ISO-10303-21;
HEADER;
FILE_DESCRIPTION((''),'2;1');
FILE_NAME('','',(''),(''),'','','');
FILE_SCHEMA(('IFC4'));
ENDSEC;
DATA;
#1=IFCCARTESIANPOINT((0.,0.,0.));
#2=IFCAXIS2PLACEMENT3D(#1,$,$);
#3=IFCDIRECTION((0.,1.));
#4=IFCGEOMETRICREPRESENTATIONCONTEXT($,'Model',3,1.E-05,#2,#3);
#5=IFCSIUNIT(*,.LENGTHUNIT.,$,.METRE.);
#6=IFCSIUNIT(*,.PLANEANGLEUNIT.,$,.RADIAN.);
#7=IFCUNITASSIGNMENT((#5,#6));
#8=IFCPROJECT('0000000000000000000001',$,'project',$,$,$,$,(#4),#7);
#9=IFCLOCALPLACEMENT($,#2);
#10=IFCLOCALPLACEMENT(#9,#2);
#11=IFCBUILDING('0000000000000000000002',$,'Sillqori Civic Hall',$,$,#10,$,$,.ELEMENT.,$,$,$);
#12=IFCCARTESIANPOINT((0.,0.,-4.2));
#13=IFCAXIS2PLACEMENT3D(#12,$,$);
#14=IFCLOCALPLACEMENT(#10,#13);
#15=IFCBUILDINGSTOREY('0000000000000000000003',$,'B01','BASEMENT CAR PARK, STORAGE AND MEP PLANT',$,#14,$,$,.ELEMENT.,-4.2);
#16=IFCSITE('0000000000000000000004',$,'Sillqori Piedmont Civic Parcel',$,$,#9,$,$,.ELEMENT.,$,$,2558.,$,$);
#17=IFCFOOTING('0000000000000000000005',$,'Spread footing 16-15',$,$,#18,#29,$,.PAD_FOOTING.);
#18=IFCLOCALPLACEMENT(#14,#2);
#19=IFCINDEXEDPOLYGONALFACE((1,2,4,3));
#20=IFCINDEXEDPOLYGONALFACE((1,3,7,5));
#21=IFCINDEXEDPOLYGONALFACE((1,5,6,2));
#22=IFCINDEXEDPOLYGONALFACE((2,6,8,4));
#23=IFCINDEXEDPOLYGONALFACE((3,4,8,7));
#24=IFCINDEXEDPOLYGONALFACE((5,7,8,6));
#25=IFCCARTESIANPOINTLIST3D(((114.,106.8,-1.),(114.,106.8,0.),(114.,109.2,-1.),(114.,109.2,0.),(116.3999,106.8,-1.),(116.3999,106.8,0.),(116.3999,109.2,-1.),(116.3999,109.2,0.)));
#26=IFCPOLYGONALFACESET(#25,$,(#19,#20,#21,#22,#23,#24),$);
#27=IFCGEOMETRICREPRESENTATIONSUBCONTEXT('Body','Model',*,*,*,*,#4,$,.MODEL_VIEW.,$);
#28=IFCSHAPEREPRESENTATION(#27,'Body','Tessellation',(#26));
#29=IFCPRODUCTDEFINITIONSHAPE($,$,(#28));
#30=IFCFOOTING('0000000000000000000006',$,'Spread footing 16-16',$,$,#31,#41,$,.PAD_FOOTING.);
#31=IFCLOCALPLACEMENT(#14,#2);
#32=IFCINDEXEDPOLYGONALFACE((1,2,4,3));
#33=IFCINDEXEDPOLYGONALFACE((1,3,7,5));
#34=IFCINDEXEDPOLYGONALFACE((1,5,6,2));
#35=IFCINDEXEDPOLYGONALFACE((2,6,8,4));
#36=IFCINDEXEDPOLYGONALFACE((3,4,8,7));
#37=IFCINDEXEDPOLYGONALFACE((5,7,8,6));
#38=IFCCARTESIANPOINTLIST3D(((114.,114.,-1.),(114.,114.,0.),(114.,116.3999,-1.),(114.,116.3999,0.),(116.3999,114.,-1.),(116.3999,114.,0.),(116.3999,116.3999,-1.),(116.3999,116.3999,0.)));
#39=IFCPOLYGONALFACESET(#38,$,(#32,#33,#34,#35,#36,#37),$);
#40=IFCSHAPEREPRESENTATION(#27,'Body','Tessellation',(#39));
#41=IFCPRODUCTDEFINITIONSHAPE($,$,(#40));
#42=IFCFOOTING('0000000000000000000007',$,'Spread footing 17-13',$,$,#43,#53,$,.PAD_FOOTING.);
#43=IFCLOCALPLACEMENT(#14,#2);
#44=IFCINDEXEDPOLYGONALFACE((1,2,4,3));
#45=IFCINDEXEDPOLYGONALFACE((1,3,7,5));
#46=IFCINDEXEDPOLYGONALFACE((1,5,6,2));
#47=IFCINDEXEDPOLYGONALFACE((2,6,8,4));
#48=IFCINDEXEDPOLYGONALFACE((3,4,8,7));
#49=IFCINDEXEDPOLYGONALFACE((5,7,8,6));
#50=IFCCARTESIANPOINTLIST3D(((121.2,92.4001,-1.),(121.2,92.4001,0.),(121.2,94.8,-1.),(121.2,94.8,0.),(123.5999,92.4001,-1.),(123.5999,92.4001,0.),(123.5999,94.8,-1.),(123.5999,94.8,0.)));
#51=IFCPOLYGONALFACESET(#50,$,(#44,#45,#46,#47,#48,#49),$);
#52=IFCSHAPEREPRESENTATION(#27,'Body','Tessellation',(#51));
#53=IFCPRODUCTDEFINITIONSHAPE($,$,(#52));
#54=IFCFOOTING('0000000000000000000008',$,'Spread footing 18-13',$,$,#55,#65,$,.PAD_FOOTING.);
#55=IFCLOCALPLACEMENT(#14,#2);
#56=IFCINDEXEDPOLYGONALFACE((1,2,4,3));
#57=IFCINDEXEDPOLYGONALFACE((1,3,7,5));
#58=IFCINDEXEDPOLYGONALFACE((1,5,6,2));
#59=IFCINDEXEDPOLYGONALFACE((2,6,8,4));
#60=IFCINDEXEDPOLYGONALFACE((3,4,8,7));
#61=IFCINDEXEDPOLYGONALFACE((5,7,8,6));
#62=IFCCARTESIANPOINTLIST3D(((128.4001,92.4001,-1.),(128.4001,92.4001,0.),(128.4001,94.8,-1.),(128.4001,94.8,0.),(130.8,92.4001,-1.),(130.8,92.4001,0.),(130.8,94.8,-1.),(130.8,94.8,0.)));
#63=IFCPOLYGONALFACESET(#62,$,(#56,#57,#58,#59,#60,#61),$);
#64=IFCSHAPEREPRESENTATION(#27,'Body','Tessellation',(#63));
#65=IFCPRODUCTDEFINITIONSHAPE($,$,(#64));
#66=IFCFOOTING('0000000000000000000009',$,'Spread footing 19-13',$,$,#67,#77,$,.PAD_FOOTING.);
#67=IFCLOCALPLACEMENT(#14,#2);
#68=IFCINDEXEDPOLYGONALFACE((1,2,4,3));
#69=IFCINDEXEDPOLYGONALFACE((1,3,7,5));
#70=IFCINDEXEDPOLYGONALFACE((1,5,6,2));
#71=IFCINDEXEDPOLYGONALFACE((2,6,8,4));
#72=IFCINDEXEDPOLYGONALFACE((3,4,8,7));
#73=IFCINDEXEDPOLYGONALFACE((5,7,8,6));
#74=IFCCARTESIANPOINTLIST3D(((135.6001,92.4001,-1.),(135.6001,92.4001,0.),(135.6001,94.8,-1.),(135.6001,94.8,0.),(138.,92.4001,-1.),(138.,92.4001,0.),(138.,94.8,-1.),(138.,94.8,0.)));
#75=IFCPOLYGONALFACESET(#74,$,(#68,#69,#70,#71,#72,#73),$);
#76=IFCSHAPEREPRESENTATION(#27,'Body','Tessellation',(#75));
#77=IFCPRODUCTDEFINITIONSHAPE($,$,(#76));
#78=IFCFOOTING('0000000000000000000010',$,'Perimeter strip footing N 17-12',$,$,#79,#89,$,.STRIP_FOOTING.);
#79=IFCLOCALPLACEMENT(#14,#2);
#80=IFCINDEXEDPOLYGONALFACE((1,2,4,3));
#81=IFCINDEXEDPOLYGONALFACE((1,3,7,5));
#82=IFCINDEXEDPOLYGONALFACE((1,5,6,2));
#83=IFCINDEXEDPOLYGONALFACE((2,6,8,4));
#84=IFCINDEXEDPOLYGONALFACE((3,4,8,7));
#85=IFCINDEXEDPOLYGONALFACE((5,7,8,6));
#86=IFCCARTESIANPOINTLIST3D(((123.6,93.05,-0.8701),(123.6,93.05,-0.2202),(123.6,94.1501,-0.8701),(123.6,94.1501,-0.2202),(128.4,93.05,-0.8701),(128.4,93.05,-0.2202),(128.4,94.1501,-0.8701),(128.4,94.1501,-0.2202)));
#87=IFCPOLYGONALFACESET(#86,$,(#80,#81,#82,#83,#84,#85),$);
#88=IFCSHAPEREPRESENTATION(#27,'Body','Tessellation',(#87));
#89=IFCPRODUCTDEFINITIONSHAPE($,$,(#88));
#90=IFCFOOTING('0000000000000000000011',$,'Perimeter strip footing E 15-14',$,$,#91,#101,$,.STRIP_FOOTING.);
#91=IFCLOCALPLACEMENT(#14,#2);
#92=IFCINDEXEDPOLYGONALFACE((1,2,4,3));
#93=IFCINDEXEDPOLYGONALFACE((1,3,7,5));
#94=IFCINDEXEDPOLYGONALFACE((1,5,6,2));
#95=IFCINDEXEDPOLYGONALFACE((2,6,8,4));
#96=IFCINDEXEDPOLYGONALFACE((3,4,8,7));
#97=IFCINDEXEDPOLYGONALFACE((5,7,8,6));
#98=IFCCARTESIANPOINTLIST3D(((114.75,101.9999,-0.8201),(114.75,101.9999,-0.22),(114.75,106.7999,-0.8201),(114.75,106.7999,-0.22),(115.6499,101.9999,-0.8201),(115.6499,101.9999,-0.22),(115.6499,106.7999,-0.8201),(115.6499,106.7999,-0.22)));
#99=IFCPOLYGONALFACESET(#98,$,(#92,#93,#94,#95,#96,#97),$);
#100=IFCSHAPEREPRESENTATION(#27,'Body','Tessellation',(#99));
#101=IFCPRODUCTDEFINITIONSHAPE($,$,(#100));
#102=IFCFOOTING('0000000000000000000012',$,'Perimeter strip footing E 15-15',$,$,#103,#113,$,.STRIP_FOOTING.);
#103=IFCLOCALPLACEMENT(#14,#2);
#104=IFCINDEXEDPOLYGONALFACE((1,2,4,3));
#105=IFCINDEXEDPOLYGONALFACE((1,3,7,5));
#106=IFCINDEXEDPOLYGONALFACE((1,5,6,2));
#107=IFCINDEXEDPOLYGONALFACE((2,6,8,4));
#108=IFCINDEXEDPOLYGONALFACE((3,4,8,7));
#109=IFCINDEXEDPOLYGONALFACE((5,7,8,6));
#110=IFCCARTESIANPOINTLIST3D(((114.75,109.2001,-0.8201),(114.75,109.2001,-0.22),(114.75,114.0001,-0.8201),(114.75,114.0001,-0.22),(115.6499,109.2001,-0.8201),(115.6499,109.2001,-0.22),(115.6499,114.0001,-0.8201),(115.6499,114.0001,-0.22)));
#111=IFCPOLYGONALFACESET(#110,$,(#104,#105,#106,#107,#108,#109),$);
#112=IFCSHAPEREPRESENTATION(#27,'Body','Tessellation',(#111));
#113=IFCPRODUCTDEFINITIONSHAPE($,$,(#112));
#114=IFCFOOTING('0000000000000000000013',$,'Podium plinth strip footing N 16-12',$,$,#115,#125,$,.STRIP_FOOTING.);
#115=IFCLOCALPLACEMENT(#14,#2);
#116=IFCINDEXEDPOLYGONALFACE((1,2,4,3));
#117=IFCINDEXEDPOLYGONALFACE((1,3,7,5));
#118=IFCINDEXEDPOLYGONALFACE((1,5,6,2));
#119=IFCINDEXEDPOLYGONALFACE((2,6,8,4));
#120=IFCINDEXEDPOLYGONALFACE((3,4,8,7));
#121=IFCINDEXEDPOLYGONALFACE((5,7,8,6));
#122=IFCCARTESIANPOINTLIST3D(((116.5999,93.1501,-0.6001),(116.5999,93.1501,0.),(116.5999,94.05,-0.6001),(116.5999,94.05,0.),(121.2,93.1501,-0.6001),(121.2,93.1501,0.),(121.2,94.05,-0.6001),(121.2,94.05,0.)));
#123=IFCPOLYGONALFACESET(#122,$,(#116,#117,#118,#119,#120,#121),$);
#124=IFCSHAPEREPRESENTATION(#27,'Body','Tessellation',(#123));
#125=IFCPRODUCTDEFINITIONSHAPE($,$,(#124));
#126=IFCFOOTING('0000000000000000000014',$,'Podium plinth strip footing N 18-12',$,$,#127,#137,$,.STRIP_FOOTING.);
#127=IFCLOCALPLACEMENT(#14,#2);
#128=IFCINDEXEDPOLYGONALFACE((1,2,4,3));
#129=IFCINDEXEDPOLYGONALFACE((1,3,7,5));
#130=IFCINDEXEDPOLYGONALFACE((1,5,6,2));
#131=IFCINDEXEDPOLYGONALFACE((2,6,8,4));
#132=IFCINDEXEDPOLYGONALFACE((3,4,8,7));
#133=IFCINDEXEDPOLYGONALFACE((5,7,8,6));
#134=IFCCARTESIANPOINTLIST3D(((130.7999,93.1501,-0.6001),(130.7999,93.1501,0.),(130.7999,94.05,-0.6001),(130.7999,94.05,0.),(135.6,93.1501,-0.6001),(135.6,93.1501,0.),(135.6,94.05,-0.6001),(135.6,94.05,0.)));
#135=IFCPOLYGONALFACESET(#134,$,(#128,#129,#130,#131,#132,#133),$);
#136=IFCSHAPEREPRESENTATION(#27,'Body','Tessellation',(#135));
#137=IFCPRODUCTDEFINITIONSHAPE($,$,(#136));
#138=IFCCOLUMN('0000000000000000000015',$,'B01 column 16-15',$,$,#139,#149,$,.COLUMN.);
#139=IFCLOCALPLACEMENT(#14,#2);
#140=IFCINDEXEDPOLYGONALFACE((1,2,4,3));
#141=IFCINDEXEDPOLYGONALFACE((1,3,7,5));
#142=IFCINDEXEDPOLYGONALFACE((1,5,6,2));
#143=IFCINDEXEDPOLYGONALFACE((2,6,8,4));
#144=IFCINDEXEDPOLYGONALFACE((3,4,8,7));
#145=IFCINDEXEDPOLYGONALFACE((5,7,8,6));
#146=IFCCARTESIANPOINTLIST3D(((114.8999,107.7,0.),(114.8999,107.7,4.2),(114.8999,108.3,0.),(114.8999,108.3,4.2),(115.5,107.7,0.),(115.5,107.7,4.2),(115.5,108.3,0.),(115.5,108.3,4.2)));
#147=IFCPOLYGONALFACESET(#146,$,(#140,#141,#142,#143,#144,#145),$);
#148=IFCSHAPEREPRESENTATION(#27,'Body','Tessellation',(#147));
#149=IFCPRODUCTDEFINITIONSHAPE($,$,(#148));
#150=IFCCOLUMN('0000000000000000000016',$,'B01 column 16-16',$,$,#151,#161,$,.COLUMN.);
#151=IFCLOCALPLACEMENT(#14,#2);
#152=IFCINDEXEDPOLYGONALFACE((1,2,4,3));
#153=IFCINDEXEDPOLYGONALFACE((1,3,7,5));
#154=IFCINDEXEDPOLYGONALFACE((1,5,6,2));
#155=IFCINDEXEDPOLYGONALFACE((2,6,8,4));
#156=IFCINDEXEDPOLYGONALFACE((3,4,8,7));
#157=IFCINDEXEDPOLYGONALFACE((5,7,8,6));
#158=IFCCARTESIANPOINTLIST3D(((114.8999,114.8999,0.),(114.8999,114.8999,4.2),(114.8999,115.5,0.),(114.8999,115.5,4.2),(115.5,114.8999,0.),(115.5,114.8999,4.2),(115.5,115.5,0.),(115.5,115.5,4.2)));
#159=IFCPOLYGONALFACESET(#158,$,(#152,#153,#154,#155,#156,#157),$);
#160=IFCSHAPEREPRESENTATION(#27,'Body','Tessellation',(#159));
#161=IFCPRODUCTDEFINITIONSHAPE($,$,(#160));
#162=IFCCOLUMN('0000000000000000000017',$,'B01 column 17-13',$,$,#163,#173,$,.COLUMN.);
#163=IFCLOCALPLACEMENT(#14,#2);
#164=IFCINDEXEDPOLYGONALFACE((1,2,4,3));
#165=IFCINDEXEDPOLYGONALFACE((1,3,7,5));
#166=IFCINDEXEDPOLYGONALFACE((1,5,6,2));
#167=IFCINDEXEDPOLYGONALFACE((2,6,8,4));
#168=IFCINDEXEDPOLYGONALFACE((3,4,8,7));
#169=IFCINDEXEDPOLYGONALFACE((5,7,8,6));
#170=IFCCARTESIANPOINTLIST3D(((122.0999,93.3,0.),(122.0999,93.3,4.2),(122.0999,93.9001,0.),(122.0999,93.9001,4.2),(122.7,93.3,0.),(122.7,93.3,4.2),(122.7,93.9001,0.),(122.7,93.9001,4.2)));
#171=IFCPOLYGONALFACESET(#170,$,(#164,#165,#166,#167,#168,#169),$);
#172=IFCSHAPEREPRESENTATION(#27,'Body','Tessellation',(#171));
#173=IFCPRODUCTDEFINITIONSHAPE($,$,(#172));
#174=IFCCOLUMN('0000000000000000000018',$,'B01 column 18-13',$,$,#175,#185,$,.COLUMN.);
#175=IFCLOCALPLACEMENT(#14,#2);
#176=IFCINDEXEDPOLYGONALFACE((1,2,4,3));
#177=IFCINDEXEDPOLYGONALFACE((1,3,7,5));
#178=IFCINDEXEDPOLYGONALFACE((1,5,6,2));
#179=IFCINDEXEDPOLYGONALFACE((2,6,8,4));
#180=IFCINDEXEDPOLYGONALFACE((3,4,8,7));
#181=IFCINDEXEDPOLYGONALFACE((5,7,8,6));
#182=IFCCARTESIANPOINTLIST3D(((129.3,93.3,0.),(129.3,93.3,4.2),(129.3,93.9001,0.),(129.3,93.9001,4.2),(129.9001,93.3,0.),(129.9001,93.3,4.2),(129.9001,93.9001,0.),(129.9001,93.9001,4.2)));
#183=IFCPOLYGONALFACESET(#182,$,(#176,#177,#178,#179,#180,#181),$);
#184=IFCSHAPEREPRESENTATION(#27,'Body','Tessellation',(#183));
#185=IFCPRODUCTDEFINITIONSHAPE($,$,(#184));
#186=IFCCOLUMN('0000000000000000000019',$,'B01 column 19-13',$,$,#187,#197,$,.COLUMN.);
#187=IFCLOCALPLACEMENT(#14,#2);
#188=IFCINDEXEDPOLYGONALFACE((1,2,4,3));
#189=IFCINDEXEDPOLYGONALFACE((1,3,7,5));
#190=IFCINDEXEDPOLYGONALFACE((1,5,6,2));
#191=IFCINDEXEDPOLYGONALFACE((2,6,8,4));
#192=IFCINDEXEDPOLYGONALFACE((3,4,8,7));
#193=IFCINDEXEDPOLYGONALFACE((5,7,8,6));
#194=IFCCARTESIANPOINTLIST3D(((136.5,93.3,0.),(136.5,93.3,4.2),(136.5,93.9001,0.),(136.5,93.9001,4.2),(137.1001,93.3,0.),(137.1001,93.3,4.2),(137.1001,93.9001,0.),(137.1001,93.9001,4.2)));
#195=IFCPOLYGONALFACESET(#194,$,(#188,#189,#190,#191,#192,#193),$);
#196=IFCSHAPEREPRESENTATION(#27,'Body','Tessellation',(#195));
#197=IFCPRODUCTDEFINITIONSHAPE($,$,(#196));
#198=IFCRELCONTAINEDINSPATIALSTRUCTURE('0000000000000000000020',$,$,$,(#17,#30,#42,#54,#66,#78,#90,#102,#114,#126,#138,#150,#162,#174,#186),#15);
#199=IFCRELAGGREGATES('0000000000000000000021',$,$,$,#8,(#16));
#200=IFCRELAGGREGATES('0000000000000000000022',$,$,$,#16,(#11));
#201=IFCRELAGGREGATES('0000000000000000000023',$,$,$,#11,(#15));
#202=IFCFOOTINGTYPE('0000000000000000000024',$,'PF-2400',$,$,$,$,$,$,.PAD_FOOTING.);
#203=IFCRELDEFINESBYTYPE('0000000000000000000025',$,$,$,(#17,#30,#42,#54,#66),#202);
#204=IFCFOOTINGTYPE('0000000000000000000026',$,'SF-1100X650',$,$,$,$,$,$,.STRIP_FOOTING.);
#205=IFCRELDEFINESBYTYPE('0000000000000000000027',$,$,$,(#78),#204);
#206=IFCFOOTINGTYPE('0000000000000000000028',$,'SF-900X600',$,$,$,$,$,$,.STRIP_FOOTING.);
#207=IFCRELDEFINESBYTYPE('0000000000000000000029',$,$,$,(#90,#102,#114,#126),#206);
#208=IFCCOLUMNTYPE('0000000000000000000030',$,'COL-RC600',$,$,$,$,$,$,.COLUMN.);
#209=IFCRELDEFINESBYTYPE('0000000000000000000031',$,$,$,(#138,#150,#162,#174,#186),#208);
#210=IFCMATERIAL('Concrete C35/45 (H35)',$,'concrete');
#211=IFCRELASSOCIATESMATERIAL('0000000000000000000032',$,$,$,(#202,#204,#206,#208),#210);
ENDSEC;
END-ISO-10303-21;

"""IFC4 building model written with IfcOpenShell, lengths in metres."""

from ifc_helpers import new_model, si_unit, direction, frame, origin, origin_2d, place, context, subcontext, project, spatial, rectangle, extrude, material, material_profile, profile_set, type_object, element, save


model = new_model("IFC4")

# Units and contexts
model_context = context("Model", 3, precision=1e-05, world=origin(), true_north=direction((0.0, 1.0)))
body_context = subcontext(model_context, "Body", "Model", "MODEL_VIEW")
ifc_project = project(units=[si_unit("LENGTHUNIT", "METRE"), si_unit("PLANEANGLEUNIT", "RADIAN")], contexts=[model_context])

# Site, building, storey
site_placement = place(None, origin())
site = spatial("IfcSite", under=ifc_project, at=site_placement, Name="Sillqori Piedmont Civic Parcel", CompositionType="ELEMENT", RefElevation=2558.0)
building_placement = place(site_placement, origin())
building = spatial("IfcBuilding", under=site, at=building_placement, Name="Sillqori Civic Hall", CompositionType="ELEMENT")
storey_placement = place(building_placement, frame((0.0, 0.0, -4.2)))
storey = spatial("IfcBuildingStorey", under=building, at=storey_placement, Name="B01", Description="BASEMENT CAR PARK, STORAGE AND MEP PLANT", CompositionType="ELEMENT", Elevation=-4.2)

# Footings
ifc_material_1 = material(Name="Concrete C35/45 (H35)", Category="concrete")
footing_type_1 = type_object("IfcFootingType", Name="PF-2400", PredefinedType="PAD_FOOTING", material=ifc_material_1)
for number, where, z_axis, x_axis, name in (
    (1, (115.2, 108.0, -1.0), (0.0, 0.0, 1.0), (1.0, 0.0, 0.0), "Spread footing 16-15"),
    (2, (115.2, 115.2, -1.0), (0.0, 0.0, 1.0), (1.0, 0.0, 0.0), "Spread footing 16-16"),
    (3, (122.3999, 93.6001, -1.0), (0.0, 0.0, 1.0), (1.0, 0.0, 0.0), "Spread footing 17-13"),
    (4, (129.6001, 93.6001, -1.0), (0.0, 0.0, 1.0), (1.0, 0.0, 0.0), "Spread footing 18-13"),
    (5, (136.8, 93.6001, -1.0), (0.0, 0.0, 1.0), (1.0, 0.0, 0.0), "Spread footing 19-13"),
):
    element("IfcFooting", number, at=place(storey_placement, frame(where, z_axis=z_axis, x_axis=x_axis)), inside=storey, type_object=footing_type_1, Name=name, PredefinedType="PAD_FOOTING", context=body_context, shape_type="SweptSolid", body=[
        extrude(rectangle(XDim=2.3999, YDim=2.3999, at=origin_2d()), origin(), (0.0, 0.0, 1.0), 1.0),
    ])
footing_type_2 = type_object("IfcFootingType", Name="SF-1100X650", PredefinedType="STRIP_FOOTING", material=ifc_material_1)
footing_1_placement = place(storey_placement, frame((126.0, 93.6001, -0.8701), z_axis=(0.0, 0.0, 1.0), x_axis=(1.0, 0.0, 0.0)))
element("IfcFooting", 6, at=footing_1_placement, inside=storey, type_object=footing_type_2, Name="Perimeter strip footing N 17-12", PredefinedType="STRIP_FOOTING", context=body_context, shape_type="SweptSolid", body=[
    extrude(rectangle(XDim=4.8, YDim=1.1001, at=origin_2d()), origin(), (0.0, 0.0, 1.0), 0.6499),
])
footing_type_3 = type_object("IfcFootingType", Name="SF-900X600", PredefinedType="STRIP_FOOTING", material=ifc_material_1)
for number, where, z_axis, x_axis, name in (
    (7, (115.2, 104.3999, -0.8201), (0.0, 0.0, 1.0), (1.0, 0.0, 0.0), "Perimeter strip footing E 15-14"),
    (8, (115.2, 111.6001, -0.8201), (0.0, 0.0, 1.0), (1.0, 0.0, 0.0), "Perimeter strip footing E 15-15"),
):
    element("IfcFooting", number, at=place(storey_placement, frame(where, z_axis=z_axis, x_axis=x_axis)), inside=storey, type_object=footing_type_3, Name=name, PredefinedType="STRIP_FOOTING", context=body_context, shape_type="SweptSolid", body=[
        extrude(rectangle(XDim=0.8999, YDim=4.8, at=origin_2d()), origin(), (0.0, 0.0, 1.0), 0.6001),
    ])
footing_2_placement = place(storey_placement, frame((118.8999, 93.6001, -0.6001), z_axis=(0.0, 0.0, 1.0), x_axis=(1.0, 0.0, 0.0)))
element("IfcFooting", 9, at=footing_2_placement, inside=storey, type_object=footing_type_3, Name="Podium plinth strip footing N 16-12", PredefinedType="STRIP_FOOTING", context=body_context, shape_type="SweptSolid", body=[
    extrude(rectangle(XDim=4.6001, YDim=0.8999, at=origin_2d()), origin(), (0.0, 0.0, 1.0), 0.6001),
])
footing_3_placement = place(storey_placement, frame((133.2, 93.6001, -0.6001), z_axis=(0.0, 0.0, 1.0), x_axis=(1.0, 0.0, 0.0)))
element("IfcFooting", 10, at=footing_3_placement, inside=storey, type_object=footing_type_3, Name="Podium plinth strip footing N 18-12", PredefinedType="STRIP_FOOTING", context=body_context, shape_type="SweptSolid", body=[
    extrude(rectangle(XDim=4.8, YDim=0.8999, at=origin_2d()), origin(), (0.0, 0.0, 1.0), 0.6001),
])

# Columns
ifc_material_profile_1 = material_profile(ifc_material_1, rectangle(XDim=0.6001, YDim=0.6001, at=origin_2d()), Name="RC 600x600")
ifc_profile_set_1 = profile_set([ifc_material_profile_1], Name="Concrete C35/45 (H35)")
column_type = type_object("IfcColumnType", Name="COL-RC600", PredefinedType="COLUMN", material=ifc_profile_set_1)
for number, where, z_axis, x_axis, name in (
    (11, (115.2, 108.0, 0.0), (0.0, 0.0, 1.0), (1.0, 0.0, 0.0), "B01 column 16-15"),
    (12, (115.2, 115.2, 0.0), (0.0, 0.0, 1.0), (1.0, 0.0, 0.0), "B01 column 16-16"),
    (13, (122.3999, 93.6001, 0.0), (0.0, 0.0, 1.0), (1.0, 0.0, 0.0), "B01 column 17-13"),
    (14, (129.6001, 93.6001, 0.0), (0.0, 0.0, 1.0), (1.0, 0.0, 0.0), "B01 column 18-13"),
    (15, (136.8, 93.6001, 0.0), (0.0, 0.0, 1.0), (1.0, 0.0, 0.0), "B01 column 19-13"),
):
    element("IfcColumn", number, at=place(storey_placement, frame(where, z_axis=z_axis, x_axis=x_axis)), inside=storey, type_object=column_type, Name=name, PredefinedType="COLUMN", context=body_context, shape_type="SweptSolid", body=[
        extrude(rectangle(XDim=0.6001, YDim=0.6001, at=origin_2d()), origin(), (0.0, 0.0, 1.0), 4.2),
    ])

save(model, "model.ifc")
